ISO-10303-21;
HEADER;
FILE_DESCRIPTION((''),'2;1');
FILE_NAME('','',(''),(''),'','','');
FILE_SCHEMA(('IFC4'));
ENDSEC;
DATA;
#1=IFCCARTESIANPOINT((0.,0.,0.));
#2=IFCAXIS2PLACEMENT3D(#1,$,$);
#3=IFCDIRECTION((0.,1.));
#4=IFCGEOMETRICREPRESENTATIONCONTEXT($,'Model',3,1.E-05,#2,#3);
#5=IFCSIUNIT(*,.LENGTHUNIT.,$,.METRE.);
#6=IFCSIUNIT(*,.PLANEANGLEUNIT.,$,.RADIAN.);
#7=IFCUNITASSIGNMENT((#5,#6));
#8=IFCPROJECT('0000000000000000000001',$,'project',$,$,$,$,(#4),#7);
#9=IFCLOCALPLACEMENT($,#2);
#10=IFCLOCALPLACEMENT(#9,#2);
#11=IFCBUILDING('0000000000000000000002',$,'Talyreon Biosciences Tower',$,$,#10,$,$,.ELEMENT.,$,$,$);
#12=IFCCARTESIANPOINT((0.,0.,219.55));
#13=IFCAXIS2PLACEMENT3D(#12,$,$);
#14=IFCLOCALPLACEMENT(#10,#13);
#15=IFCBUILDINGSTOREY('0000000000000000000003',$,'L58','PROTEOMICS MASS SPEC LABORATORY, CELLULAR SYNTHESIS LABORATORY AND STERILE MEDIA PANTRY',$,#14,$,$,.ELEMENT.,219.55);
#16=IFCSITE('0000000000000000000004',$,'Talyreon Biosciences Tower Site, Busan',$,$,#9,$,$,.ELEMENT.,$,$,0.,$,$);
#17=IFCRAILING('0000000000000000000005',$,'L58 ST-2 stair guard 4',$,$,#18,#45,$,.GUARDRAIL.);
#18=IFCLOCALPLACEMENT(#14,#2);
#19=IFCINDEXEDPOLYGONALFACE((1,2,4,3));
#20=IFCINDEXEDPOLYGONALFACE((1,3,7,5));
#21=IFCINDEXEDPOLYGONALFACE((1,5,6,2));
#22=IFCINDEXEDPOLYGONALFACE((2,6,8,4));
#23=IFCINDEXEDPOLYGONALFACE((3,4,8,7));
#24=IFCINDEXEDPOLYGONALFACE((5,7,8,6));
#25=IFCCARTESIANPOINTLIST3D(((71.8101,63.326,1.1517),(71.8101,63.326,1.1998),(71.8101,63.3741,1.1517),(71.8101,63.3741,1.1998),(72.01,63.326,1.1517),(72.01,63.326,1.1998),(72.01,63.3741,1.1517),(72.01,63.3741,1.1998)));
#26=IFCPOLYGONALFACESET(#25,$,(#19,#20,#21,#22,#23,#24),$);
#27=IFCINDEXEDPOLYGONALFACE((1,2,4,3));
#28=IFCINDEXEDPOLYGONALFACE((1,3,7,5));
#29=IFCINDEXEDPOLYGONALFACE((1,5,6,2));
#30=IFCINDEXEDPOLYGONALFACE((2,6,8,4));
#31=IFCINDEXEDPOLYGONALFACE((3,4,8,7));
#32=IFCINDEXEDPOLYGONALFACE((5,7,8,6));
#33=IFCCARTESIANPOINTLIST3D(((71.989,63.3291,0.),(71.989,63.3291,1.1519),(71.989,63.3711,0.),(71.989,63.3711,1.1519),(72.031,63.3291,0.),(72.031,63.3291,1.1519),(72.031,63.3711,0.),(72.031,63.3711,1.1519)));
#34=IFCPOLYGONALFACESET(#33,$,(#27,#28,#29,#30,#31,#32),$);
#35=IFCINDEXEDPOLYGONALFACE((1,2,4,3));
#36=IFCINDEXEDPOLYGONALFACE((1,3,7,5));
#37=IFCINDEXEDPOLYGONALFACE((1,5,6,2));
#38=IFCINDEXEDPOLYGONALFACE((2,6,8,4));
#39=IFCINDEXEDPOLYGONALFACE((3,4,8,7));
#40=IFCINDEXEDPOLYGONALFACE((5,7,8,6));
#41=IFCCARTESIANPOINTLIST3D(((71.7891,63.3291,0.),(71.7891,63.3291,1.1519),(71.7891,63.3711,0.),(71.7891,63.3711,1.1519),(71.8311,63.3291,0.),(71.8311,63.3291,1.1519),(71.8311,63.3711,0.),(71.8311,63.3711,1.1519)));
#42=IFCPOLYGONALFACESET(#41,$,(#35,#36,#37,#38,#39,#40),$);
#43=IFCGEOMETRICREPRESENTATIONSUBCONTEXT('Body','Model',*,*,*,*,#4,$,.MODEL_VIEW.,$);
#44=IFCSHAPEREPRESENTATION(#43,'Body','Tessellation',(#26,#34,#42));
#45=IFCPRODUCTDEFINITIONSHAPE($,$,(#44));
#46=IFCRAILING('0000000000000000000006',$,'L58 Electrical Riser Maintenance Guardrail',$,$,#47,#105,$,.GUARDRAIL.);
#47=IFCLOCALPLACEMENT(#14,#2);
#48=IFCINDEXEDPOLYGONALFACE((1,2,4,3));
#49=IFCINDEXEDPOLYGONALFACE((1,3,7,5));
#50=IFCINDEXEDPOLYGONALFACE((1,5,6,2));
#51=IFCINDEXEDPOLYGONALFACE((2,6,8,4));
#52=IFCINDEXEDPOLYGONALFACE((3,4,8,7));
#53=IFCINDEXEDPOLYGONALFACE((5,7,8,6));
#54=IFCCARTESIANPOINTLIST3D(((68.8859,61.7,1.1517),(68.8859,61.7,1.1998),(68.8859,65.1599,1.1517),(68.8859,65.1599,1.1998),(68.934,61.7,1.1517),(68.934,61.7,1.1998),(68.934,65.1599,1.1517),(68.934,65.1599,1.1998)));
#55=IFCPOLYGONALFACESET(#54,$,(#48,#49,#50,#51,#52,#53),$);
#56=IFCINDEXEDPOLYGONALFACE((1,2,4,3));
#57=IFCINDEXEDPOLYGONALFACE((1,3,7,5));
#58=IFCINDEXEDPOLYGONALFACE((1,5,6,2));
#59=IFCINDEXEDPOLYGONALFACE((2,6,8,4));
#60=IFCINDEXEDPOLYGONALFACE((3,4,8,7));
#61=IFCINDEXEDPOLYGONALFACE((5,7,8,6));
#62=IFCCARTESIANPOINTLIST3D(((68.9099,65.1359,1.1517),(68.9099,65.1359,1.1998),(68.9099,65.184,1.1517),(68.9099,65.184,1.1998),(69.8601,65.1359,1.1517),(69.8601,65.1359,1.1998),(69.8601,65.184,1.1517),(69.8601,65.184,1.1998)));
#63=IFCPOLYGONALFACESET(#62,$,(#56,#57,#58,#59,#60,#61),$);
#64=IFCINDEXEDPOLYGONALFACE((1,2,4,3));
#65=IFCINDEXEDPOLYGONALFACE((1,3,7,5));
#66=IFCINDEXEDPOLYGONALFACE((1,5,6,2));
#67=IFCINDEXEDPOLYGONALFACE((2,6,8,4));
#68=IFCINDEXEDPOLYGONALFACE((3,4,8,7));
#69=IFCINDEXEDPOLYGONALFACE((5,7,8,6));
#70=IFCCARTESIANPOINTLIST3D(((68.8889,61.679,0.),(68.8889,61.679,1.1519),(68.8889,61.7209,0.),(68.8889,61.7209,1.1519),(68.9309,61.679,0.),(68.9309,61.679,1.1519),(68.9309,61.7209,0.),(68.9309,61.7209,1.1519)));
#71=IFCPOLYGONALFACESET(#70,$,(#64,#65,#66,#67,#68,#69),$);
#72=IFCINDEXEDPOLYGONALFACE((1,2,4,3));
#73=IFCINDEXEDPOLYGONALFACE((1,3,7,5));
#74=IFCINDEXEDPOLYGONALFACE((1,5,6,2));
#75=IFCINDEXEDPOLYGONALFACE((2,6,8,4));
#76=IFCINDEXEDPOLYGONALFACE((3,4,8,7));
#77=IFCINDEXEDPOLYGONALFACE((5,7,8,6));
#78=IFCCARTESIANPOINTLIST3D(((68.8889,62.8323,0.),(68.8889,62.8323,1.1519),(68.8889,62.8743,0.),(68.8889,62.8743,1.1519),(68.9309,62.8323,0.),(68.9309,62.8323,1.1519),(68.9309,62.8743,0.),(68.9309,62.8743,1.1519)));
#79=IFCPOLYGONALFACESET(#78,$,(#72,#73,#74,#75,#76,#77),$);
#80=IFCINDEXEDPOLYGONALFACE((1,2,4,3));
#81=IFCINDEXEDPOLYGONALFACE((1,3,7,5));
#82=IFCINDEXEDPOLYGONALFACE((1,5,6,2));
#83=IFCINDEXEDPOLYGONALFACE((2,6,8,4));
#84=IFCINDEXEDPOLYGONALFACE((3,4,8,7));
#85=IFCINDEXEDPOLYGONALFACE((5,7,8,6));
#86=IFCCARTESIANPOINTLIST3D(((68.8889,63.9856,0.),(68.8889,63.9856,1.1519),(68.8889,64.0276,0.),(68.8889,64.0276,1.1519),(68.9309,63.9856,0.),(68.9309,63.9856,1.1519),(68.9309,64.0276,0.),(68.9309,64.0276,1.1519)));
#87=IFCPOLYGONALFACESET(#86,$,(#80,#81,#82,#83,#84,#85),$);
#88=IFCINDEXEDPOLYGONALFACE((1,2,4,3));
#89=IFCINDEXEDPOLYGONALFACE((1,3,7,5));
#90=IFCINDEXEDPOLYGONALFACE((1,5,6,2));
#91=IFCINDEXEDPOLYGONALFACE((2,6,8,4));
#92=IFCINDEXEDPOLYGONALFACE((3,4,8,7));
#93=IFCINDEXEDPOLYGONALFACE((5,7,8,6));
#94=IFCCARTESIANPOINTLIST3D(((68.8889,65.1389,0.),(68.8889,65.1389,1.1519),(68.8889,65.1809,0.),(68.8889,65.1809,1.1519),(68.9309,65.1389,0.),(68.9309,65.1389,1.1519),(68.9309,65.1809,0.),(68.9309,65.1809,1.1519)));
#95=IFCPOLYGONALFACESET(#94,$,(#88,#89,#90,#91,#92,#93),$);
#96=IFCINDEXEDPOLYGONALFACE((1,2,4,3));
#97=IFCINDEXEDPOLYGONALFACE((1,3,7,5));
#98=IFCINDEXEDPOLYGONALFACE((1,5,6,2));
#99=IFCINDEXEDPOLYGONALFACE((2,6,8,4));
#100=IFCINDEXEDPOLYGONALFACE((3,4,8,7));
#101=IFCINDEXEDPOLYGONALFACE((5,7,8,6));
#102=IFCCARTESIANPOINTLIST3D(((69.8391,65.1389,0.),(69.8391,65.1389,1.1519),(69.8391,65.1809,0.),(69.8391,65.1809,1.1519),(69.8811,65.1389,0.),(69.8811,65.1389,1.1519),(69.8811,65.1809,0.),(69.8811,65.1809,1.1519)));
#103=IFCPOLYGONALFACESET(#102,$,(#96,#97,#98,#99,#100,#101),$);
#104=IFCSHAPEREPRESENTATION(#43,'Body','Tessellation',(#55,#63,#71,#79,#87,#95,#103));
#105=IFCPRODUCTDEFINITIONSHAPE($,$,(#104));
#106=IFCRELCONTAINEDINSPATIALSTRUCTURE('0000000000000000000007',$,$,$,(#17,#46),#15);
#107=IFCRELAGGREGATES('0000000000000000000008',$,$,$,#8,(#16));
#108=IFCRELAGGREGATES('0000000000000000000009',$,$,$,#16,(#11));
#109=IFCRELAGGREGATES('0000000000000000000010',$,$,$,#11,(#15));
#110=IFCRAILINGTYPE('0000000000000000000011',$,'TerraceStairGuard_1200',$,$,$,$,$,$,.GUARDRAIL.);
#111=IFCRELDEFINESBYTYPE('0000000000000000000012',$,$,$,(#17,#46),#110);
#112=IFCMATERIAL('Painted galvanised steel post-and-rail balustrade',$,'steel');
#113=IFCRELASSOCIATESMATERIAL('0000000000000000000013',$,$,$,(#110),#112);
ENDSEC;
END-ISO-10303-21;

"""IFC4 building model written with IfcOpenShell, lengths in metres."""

from ifc_helpers import new_model, si_unit, direction, frame, origin, origin_2d, place, context, subcontext, project, spatial, rectangle, extrude, material, type_object, element, save


model = new_model("IFC4")

# Units and contexts
model_context = context("Model", 3, precision=1e-05, world=origin(), true_north=direction((0.0, 1.0)))
body_context = subcontext(model_context, "Body", "Model", "MODEL_VIEW")
ifc_project = project(units=[si_unit("LENGTHUNIT", "METRE"), si_unit("PLANEANGLEUNIT", "RADIAN")], contexts=[model_context])

# Site, building, storey
site_placement = place(None, origin())
site = spatial("IfcSite", under=ifc_project, at=site_placement, Name="Talyreon Biosciences Tower Site, Busan", CompositionType="ELEMENT", RefElevation=0.0)
building_placement = place(site_placement, origin())
building = spatial("IfcBuilding", under=site, at=building_placement, Name="Talyreon Biosciences Tower", CompositionType="ELEMENT")
storey_placement = place(building_placement, frame((0.0, 0.0, 219.55)))
storey = spatial("IfcBuildingStorey", under=building, at=storey_placement, Name="L58", Description="PROTEOMICS MASS SPEC LABORATORY, CELLULAR SYNTHESIS LABORATORY AND STERILE MEDIA PANTRY", CompositionType="ELEMENT", Elevation=219.55)

# Railings
ifc_material_1 = material(Name="Painted galvanised steel post-and-rail balustrade", Category="steel")
railing_type_1 = type_object("IfcRailingType", Name="TerraceStairGuard_1200", PredefinedType="GUARDRAIL", material=ifc_material_1)
railing_1_placement = place(storey_placement, frame((72.01, 63.3501, 0.0)))
element("IfcRailing", 1, at=railing_1_placement, inside=storey, type_object=railing_type_1, Name="L58 ST-2 stair guard 4", PredefinedType="GUARDRAIL", context=body_context, shape_type="SweptSolid", body=[
    extrude(rectangle(XDim=0.0481, YDim=0.0481, at=origin_2d()), frame((0.0, 0.0, 1.1758), z_axis=(-1.0, 0.0, 0.0), x_axis=(0.0, -1.0, 0.0)), (0.0, 0.0, 1.0), 0.2),
    extrude(rectangle(XDim=0.042, YDim=0.042, at=origin_2d()), origin(), (0.0, 0.0, 1.0), 1.1519),
    extrude(rectangle(XDim=0.042, YDim=0.042, at=origin_2d()), frame((-0.2, 0.0, 0.0)), (0.0, 0.0, 1.0), 1.1519),
])
railing_2_placement = place(storey_placement, frame((68.9099, 61.7, 0.0)))
element("IfcRailing", 2, at=railing_2_placement, inside=storey, type_object=railing_type_1, Name="L58 Electrical Riser Maintenance Guardrail", PredefinedType="GUARDRAIL", context=body_context, shape_type="SweptSolid", body=[
    extrude(rectangle(XDim=0.0481, YDim=0.0481, at=origin_2d()), frame((0.0, 0.0, 1.1758), z_axis=(0.0, 1.0, 0.0), x_axis=(-1.0, 0.0, 0.0)), (0.0, 0.0, 1.0), 3.46),
    extrude(rectangle(XDim=0.0481, YDim=0.0481, at=origin_2d()), frame((0.0, 3.46, 1.1758), z_axis=(1.0, 0.0, 0.0), x_axis=(0.0, 1.0, 0.0)), (0.0, 0.0, 1.0), 0.9502),
    extrude(rectangle(XDim=0.042, YDim=0.042, at=origin_2d()), origin(), (0.0, 0.0, 1.0), 1.1519),
    extrude(rectangle(XDim=0.042, YDim=0.042, at=origin_2d()), frame((0.0, 1.1533, 0.0)), (0.0, 0.0, 1.0), 1.1519),
    extrude(rectangle(XDim=0.042, YDim=0.042, at=origin_2d()), frame((0.0, 2.3066, 0.0)), (0.0, 0.0, 1.0), 1.1519),
    extrude(rectangle(XDim=0.042, YDim=0.042, at=origin_2d()), frame((0.0, 3.46, 0.0)), (0.0, 0.0, 1.0), 1.1519),
    extrude(rectangle(XDim=0.042, YDim=0.042, at=origin_2d()), frame((0.9502, 3.46, 0.0)), (0.0, 0.0, 1.0), 1.1519),
])

save(model, "model.ifc")
